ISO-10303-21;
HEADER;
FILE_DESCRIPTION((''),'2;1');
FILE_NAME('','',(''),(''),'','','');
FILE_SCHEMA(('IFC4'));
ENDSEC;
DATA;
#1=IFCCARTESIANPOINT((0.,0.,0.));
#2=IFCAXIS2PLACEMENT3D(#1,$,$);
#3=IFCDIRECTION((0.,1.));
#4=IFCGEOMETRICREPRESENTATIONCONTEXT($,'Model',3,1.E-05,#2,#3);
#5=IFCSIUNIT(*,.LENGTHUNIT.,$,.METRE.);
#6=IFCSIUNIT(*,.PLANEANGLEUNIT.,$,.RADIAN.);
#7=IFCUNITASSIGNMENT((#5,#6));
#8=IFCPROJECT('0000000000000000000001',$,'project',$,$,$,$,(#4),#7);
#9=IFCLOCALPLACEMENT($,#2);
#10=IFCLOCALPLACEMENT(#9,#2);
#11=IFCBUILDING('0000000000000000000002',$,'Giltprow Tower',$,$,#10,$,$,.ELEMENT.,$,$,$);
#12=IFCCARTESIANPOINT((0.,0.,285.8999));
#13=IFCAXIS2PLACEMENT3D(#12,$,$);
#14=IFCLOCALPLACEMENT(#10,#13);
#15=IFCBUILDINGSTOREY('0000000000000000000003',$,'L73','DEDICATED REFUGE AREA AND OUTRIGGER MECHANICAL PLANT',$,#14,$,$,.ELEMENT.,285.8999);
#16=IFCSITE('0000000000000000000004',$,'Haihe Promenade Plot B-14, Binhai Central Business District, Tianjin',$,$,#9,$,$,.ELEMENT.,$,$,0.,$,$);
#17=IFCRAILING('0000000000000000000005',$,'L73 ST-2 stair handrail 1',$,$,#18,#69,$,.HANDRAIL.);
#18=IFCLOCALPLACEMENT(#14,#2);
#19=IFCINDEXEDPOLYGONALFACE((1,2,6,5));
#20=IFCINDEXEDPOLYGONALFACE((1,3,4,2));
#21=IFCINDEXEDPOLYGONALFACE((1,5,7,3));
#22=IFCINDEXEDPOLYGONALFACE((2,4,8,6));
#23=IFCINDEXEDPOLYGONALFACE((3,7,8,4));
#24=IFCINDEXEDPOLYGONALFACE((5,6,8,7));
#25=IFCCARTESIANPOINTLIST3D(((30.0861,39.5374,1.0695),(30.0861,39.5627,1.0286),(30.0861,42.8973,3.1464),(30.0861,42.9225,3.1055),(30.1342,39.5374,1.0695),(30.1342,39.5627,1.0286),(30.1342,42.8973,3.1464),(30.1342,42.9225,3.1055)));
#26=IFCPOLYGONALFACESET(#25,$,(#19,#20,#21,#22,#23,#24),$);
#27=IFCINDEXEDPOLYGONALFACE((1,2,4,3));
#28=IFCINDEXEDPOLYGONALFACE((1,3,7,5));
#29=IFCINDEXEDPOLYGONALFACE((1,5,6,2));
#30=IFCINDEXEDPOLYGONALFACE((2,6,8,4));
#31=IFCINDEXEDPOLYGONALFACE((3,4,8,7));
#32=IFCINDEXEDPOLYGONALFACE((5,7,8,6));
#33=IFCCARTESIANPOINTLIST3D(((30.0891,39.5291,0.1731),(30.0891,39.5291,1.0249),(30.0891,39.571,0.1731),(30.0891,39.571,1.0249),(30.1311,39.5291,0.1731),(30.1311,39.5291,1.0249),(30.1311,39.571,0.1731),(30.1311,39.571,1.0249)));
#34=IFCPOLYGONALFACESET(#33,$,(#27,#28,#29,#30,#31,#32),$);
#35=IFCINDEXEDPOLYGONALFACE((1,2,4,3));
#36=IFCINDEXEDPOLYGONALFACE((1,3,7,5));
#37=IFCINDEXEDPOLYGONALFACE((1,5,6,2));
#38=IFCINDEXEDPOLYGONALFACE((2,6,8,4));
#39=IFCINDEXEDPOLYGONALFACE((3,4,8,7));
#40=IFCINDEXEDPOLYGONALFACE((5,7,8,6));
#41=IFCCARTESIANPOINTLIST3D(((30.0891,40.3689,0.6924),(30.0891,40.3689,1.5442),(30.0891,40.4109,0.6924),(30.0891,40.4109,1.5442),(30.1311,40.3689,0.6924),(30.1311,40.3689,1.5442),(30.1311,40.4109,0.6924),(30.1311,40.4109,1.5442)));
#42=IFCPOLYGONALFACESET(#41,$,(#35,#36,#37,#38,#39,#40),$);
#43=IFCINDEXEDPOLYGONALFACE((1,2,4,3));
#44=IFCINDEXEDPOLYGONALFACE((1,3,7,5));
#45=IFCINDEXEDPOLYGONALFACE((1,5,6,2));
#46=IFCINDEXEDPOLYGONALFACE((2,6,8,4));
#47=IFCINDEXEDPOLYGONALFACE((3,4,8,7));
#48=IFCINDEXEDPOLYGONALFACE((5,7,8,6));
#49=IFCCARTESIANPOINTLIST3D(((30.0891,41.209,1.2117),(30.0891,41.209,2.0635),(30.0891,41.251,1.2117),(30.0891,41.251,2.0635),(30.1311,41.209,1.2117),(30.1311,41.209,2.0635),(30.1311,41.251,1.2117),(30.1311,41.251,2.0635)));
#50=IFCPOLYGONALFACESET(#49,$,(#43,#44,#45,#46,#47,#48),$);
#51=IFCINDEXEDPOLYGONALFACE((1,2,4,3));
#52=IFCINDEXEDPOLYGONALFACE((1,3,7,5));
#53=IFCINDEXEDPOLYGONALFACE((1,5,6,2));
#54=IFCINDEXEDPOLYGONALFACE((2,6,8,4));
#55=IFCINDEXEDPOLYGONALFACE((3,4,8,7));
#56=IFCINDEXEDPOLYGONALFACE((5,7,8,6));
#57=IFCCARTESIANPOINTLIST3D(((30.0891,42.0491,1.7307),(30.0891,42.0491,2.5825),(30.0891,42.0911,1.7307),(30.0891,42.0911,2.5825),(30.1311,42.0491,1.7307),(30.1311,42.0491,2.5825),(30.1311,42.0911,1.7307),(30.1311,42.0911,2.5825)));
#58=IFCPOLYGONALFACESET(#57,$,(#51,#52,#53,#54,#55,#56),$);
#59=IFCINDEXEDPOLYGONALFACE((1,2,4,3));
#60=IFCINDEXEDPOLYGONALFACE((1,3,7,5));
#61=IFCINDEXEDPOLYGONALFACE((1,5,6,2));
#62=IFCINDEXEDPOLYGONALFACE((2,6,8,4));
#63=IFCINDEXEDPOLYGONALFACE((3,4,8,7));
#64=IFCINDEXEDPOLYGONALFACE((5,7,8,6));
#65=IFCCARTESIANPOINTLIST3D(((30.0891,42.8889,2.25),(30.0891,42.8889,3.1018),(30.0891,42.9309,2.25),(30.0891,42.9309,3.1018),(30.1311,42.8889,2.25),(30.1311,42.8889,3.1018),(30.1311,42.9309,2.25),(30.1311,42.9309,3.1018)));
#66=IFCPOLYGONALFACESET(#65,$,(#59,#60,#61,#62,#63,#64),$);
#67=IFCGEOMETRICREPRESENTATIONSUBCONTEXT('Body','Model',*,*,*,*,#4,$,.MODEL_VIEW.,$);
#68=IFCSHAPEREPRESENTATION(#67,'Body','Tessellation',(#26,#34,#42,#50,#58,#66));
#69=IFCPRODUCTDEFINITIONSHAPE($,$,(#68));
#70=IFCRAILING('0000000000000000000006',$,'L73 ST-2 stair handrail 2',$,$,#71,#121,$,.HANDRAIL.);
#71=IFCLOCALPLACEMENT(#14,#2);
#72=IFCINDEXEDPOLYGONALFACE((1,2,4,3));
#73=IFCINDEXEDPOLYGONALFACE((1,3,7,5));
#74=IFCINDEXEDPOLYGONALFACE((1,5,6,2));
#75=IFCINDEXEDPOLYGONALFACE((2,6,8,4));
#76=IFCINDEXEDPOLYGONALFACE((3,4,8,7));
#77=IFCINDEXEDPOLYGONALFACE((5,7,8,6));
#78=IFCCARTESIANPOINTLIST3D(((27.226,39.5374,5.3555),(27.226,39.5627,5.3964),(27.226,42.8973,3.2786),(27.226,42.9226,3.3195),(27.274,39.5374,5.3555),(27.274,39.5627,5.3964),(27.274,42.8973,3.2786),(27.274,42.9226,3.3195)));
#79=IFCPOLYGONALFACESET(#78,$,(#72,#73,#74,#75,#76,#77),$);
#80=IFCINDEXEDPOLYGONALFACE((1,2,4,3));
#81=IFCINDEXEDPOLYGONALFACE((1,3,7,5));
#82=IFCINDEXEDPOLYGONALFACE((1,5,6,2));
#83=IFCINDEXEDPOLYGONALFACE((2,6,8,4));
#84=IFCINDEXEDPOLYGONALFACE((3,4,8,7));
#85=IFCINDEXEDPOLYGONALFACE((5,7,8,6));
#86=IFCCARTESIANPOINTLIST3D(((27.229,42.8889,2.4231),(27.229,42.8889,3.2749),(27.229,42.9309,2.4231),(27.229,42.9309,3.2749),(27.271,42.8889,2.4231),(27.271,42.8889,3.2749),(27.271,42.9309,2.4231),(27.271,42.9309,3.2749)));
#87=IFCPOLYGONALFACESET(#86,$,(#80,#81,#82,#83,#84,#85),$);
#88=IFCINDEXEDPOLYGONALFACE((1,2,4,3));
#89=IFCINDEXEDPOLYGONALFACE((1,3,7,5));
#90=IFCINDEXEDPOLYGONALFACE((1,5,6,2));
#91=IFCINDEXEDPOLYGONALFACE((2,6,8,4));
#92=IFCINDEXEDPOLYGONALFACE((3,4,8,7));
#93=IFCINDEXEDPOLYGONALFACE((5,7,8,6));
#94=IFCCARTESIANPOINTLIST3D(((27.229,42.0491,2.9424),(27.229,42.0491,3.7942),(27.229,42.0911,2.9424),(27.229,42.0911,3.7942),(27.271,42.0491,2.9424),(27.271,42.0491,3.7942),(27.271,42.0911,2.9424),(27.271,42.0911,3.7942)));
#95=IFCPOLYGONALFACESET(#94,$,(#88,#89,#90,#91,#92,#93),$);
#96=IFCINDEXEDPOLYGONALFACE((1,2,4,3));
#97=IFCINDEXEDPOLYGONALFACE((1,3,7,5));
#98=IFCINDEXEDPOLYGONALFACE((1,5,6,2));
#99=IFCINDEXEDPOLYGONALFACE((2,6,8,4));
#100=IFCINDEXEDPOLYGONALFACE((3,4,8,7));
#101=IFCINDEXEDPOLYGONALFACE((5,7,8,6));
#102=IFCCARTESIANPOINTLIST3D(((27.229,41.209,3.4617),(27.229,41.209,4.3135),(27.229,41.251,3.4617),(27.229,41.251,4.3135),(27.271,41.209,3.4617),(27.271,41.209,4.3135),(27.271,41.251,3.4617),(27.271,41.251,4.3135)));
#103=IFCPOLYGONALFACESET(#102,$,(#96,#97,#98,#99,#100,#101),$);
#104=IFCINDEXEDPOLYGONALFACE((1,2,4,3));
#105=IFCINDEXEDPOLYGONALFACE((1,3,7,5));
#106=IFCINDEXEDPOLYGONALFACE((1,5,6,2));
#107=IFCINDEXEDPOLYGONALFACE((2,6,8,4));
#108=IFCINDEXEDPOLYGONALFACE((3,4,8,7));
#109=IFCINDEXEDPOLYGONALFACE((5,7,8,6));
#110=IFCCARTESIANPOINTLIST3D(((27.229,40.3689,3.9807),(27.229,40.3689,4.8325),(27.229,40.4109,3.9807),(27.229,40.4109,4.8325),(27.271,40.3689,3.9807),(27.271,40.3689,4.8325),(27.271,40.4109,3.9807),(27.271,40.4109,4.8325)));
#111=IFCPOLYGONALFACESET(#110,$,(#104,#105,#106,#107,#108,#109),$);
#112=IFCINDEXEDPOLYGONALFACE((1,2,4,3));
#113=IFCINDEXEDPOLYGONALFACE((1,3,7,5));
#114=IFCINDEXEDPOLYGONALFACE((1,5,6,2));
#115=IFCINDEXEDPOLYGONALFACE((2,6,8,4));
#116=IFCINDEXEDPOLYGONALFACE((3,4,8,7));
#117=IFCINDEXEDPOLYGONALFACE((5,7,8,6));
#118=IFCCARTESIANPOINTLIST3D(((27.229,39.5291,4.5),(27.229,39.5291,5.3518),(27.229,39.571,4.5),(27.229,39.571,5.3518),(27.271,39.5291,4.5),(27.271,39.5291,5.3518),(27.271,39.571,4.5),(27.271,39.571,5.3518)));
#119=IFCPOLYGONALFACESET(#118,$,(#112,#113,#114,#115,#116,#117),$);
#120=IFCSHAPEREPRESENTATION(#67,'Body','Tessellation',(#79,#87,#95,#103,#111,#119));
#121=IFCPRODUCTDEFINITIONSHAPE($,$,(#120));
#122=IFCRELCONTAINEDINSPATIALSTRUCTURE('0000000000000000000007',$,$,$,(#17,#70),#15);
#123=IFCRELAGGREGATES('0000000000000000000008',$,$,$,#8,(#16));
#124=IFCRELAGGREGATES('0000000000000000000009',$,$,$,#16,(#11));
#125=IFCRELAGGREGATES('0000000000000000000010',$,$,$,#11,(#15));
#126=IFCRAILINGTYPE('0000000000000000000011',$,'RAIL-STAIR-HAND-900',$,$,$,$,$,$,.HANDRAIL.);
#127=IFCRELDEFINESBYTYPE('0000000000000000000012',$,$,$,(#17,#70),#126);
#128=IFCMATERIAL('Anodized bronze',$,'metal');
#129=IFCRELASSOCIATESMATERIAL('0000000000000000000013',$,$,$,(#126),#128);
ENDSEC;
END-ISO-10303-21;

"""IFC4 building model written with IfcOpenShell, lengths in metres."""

from ifc_helpers import new_model, si_unit, direction, frame, origin, origin_2d, place, context, subcontext, project, spatial, rectangle, extrude, material, type_object, element, save


model = new_model("IFC4")

# Units and contexts
model_context = context("Model", 3, precision=1e-05, world=origin(), true_north=direction((0.0, 1.0)))
body_context = subcontext(model_context, "Body", "Model", "MODEL_VIEW")
ifc_project = project(units=[si_unit("LENGTHUNIT", "METRE"), si_unit("PLANEANGLEUNIT", "RADIAN")], contexts=[model_context])

# Site, building, storey
site_placement = place(None, origin())
site = spatial("IfcSite", under=ifc_project, at=site_placement, Name="Haihe Promenade Plot B-14, Binhai Central Business District, Tianjin", CompositionType="ELEMENT", RefElevation=0.0)
building_placement = place(site_placement, origin())
building = spatial("IfcBuilding", under=site, at=building_placement, Name="Giltprow Tower", CompositionType="ELEMENT")
storey_placement = place(building_placement, frame((0.0, 0.0, 285.8999)))
storey = spatial("IfcBuildingStorey", under=building, at=storey_placement, Name="L73", Description="DEDICATED REFUGE AREA AND OUTRIGGER MECHANICAL PLANT", CompositionType="ELEMENT", Elevation=285.8999)

# Railings
ifc_material_1 = material(Name="Anodized bronze", Category="metal")
railing_type_1 = type_object("IfcRailingType", Name="RAIL-STAIR-HAND-900", PredefinedType="HANDRAIL", material=ifc_material_1)
railing_1_placement = place(storey_placement, frame((30.1101, 39.55, 0.1731)))
element("IfcRailing", 1, at=railing_1_placement, inside=storey, type_object=railing_type_1, Name="L73 ST-2 stair handrail 1", PredefinedType="HANDRAIL", context=body_context, shape_type="SweptSolid", body=[
    extrude(rectangle(XDim=0.0481, YDim=0.0481, at=origin_2d()), frame((0.0, 0.0, 0.876), z_axis=(0.0, 0.850606, 0.525803), x_axis=(-1.0, 0.0, 0.0)), (0.0, 0.0, 1.0), 3.95),
    extrude(rectangle(XDim=0.042, YDim=0.042, at=origin_2d()), origin(), (0.0, 0.0, 1.0), 0.8518),
    extrude(rectangle(XDim=0.042, YDim=0.042, at=origin_2d()), frame((0.0, 0.8398, 0.5193)), (0.0, 0.0, 1.0), 0.8518),
    extrude(rectangle(XDim=0.042, YDim=0.042, at=origin_2d()), frame((0.0, 1.6799, 1.0386)), (0.0, 0.0, 1.0), 0.8518),
    extrude(rectangle(XDim=0.042, YDim=0.042, at=origin_2d()), frame((0.0, 2.52, 1.5576)), (0.0, 0.0, 1.0), 0.8518),
    extrude(rectangle(XDim=0.042, YDim=0.042, at=origin_2d()), frame((0.0, 3.3599, 2.0769)), (0.0, 0.0, 1.0), 0.8518),
])
railing_2_placement = place(storey_placement, frame((27.25, 42.9099, 2.4231)))
element("IfcRailing", 2, at=railing_2_placement, inside=storey, type_object=railing_type_1, Name="L73 ST-2 stair handrail 2", PredefinedType="HANDRAIL", context=body_context, shape_type="SweptSolid", body=[
    extrude(rectangle(XDim=0.0481, YDim=0.0481, at=origin_2d()), frame((0.0, 0.0, 0.876), z_axis=(0.0, -0.850606, 0.525803), x_axis=(1.0, 0.0, 0.0)), (0.0, 0.0, 1.0), 3.95),
    extrude(rectangle(XDim=0.042, YDim=0.042, at=origin_2d()), origin(), (0.0, 0.0, 1.0), 0.8518),
    extrude(rectangle(XDim=0.042, YDim=0.042, at=origin_2d()), frame((0.0, -0.8398, 0.5193)), (0.0, 0.0, 1.0), 0.8518),
    extrude(rectangle(XDim=0.042, YDim=0.042, at=origin_2d()), frame((0.0, -1.6799, 1.0386)), (0.0, 0.0, 1.0), 0.8518),
    extrude(rectangle(XDim=0.042, YDim=0.042, at=origin_2d()), frame((0.0, -2.52, 1.5576)), (0.0, 0.0, 1.0), 0.8518),
    extrude(rectangle(XDim=0.042, YDim=0.042, at=origin_2d()), frame((0.0, -3.3599, 2.0769)), (0.0, 0.0, 1.0), 0.8518),
])

save(model, "model.ifc")
